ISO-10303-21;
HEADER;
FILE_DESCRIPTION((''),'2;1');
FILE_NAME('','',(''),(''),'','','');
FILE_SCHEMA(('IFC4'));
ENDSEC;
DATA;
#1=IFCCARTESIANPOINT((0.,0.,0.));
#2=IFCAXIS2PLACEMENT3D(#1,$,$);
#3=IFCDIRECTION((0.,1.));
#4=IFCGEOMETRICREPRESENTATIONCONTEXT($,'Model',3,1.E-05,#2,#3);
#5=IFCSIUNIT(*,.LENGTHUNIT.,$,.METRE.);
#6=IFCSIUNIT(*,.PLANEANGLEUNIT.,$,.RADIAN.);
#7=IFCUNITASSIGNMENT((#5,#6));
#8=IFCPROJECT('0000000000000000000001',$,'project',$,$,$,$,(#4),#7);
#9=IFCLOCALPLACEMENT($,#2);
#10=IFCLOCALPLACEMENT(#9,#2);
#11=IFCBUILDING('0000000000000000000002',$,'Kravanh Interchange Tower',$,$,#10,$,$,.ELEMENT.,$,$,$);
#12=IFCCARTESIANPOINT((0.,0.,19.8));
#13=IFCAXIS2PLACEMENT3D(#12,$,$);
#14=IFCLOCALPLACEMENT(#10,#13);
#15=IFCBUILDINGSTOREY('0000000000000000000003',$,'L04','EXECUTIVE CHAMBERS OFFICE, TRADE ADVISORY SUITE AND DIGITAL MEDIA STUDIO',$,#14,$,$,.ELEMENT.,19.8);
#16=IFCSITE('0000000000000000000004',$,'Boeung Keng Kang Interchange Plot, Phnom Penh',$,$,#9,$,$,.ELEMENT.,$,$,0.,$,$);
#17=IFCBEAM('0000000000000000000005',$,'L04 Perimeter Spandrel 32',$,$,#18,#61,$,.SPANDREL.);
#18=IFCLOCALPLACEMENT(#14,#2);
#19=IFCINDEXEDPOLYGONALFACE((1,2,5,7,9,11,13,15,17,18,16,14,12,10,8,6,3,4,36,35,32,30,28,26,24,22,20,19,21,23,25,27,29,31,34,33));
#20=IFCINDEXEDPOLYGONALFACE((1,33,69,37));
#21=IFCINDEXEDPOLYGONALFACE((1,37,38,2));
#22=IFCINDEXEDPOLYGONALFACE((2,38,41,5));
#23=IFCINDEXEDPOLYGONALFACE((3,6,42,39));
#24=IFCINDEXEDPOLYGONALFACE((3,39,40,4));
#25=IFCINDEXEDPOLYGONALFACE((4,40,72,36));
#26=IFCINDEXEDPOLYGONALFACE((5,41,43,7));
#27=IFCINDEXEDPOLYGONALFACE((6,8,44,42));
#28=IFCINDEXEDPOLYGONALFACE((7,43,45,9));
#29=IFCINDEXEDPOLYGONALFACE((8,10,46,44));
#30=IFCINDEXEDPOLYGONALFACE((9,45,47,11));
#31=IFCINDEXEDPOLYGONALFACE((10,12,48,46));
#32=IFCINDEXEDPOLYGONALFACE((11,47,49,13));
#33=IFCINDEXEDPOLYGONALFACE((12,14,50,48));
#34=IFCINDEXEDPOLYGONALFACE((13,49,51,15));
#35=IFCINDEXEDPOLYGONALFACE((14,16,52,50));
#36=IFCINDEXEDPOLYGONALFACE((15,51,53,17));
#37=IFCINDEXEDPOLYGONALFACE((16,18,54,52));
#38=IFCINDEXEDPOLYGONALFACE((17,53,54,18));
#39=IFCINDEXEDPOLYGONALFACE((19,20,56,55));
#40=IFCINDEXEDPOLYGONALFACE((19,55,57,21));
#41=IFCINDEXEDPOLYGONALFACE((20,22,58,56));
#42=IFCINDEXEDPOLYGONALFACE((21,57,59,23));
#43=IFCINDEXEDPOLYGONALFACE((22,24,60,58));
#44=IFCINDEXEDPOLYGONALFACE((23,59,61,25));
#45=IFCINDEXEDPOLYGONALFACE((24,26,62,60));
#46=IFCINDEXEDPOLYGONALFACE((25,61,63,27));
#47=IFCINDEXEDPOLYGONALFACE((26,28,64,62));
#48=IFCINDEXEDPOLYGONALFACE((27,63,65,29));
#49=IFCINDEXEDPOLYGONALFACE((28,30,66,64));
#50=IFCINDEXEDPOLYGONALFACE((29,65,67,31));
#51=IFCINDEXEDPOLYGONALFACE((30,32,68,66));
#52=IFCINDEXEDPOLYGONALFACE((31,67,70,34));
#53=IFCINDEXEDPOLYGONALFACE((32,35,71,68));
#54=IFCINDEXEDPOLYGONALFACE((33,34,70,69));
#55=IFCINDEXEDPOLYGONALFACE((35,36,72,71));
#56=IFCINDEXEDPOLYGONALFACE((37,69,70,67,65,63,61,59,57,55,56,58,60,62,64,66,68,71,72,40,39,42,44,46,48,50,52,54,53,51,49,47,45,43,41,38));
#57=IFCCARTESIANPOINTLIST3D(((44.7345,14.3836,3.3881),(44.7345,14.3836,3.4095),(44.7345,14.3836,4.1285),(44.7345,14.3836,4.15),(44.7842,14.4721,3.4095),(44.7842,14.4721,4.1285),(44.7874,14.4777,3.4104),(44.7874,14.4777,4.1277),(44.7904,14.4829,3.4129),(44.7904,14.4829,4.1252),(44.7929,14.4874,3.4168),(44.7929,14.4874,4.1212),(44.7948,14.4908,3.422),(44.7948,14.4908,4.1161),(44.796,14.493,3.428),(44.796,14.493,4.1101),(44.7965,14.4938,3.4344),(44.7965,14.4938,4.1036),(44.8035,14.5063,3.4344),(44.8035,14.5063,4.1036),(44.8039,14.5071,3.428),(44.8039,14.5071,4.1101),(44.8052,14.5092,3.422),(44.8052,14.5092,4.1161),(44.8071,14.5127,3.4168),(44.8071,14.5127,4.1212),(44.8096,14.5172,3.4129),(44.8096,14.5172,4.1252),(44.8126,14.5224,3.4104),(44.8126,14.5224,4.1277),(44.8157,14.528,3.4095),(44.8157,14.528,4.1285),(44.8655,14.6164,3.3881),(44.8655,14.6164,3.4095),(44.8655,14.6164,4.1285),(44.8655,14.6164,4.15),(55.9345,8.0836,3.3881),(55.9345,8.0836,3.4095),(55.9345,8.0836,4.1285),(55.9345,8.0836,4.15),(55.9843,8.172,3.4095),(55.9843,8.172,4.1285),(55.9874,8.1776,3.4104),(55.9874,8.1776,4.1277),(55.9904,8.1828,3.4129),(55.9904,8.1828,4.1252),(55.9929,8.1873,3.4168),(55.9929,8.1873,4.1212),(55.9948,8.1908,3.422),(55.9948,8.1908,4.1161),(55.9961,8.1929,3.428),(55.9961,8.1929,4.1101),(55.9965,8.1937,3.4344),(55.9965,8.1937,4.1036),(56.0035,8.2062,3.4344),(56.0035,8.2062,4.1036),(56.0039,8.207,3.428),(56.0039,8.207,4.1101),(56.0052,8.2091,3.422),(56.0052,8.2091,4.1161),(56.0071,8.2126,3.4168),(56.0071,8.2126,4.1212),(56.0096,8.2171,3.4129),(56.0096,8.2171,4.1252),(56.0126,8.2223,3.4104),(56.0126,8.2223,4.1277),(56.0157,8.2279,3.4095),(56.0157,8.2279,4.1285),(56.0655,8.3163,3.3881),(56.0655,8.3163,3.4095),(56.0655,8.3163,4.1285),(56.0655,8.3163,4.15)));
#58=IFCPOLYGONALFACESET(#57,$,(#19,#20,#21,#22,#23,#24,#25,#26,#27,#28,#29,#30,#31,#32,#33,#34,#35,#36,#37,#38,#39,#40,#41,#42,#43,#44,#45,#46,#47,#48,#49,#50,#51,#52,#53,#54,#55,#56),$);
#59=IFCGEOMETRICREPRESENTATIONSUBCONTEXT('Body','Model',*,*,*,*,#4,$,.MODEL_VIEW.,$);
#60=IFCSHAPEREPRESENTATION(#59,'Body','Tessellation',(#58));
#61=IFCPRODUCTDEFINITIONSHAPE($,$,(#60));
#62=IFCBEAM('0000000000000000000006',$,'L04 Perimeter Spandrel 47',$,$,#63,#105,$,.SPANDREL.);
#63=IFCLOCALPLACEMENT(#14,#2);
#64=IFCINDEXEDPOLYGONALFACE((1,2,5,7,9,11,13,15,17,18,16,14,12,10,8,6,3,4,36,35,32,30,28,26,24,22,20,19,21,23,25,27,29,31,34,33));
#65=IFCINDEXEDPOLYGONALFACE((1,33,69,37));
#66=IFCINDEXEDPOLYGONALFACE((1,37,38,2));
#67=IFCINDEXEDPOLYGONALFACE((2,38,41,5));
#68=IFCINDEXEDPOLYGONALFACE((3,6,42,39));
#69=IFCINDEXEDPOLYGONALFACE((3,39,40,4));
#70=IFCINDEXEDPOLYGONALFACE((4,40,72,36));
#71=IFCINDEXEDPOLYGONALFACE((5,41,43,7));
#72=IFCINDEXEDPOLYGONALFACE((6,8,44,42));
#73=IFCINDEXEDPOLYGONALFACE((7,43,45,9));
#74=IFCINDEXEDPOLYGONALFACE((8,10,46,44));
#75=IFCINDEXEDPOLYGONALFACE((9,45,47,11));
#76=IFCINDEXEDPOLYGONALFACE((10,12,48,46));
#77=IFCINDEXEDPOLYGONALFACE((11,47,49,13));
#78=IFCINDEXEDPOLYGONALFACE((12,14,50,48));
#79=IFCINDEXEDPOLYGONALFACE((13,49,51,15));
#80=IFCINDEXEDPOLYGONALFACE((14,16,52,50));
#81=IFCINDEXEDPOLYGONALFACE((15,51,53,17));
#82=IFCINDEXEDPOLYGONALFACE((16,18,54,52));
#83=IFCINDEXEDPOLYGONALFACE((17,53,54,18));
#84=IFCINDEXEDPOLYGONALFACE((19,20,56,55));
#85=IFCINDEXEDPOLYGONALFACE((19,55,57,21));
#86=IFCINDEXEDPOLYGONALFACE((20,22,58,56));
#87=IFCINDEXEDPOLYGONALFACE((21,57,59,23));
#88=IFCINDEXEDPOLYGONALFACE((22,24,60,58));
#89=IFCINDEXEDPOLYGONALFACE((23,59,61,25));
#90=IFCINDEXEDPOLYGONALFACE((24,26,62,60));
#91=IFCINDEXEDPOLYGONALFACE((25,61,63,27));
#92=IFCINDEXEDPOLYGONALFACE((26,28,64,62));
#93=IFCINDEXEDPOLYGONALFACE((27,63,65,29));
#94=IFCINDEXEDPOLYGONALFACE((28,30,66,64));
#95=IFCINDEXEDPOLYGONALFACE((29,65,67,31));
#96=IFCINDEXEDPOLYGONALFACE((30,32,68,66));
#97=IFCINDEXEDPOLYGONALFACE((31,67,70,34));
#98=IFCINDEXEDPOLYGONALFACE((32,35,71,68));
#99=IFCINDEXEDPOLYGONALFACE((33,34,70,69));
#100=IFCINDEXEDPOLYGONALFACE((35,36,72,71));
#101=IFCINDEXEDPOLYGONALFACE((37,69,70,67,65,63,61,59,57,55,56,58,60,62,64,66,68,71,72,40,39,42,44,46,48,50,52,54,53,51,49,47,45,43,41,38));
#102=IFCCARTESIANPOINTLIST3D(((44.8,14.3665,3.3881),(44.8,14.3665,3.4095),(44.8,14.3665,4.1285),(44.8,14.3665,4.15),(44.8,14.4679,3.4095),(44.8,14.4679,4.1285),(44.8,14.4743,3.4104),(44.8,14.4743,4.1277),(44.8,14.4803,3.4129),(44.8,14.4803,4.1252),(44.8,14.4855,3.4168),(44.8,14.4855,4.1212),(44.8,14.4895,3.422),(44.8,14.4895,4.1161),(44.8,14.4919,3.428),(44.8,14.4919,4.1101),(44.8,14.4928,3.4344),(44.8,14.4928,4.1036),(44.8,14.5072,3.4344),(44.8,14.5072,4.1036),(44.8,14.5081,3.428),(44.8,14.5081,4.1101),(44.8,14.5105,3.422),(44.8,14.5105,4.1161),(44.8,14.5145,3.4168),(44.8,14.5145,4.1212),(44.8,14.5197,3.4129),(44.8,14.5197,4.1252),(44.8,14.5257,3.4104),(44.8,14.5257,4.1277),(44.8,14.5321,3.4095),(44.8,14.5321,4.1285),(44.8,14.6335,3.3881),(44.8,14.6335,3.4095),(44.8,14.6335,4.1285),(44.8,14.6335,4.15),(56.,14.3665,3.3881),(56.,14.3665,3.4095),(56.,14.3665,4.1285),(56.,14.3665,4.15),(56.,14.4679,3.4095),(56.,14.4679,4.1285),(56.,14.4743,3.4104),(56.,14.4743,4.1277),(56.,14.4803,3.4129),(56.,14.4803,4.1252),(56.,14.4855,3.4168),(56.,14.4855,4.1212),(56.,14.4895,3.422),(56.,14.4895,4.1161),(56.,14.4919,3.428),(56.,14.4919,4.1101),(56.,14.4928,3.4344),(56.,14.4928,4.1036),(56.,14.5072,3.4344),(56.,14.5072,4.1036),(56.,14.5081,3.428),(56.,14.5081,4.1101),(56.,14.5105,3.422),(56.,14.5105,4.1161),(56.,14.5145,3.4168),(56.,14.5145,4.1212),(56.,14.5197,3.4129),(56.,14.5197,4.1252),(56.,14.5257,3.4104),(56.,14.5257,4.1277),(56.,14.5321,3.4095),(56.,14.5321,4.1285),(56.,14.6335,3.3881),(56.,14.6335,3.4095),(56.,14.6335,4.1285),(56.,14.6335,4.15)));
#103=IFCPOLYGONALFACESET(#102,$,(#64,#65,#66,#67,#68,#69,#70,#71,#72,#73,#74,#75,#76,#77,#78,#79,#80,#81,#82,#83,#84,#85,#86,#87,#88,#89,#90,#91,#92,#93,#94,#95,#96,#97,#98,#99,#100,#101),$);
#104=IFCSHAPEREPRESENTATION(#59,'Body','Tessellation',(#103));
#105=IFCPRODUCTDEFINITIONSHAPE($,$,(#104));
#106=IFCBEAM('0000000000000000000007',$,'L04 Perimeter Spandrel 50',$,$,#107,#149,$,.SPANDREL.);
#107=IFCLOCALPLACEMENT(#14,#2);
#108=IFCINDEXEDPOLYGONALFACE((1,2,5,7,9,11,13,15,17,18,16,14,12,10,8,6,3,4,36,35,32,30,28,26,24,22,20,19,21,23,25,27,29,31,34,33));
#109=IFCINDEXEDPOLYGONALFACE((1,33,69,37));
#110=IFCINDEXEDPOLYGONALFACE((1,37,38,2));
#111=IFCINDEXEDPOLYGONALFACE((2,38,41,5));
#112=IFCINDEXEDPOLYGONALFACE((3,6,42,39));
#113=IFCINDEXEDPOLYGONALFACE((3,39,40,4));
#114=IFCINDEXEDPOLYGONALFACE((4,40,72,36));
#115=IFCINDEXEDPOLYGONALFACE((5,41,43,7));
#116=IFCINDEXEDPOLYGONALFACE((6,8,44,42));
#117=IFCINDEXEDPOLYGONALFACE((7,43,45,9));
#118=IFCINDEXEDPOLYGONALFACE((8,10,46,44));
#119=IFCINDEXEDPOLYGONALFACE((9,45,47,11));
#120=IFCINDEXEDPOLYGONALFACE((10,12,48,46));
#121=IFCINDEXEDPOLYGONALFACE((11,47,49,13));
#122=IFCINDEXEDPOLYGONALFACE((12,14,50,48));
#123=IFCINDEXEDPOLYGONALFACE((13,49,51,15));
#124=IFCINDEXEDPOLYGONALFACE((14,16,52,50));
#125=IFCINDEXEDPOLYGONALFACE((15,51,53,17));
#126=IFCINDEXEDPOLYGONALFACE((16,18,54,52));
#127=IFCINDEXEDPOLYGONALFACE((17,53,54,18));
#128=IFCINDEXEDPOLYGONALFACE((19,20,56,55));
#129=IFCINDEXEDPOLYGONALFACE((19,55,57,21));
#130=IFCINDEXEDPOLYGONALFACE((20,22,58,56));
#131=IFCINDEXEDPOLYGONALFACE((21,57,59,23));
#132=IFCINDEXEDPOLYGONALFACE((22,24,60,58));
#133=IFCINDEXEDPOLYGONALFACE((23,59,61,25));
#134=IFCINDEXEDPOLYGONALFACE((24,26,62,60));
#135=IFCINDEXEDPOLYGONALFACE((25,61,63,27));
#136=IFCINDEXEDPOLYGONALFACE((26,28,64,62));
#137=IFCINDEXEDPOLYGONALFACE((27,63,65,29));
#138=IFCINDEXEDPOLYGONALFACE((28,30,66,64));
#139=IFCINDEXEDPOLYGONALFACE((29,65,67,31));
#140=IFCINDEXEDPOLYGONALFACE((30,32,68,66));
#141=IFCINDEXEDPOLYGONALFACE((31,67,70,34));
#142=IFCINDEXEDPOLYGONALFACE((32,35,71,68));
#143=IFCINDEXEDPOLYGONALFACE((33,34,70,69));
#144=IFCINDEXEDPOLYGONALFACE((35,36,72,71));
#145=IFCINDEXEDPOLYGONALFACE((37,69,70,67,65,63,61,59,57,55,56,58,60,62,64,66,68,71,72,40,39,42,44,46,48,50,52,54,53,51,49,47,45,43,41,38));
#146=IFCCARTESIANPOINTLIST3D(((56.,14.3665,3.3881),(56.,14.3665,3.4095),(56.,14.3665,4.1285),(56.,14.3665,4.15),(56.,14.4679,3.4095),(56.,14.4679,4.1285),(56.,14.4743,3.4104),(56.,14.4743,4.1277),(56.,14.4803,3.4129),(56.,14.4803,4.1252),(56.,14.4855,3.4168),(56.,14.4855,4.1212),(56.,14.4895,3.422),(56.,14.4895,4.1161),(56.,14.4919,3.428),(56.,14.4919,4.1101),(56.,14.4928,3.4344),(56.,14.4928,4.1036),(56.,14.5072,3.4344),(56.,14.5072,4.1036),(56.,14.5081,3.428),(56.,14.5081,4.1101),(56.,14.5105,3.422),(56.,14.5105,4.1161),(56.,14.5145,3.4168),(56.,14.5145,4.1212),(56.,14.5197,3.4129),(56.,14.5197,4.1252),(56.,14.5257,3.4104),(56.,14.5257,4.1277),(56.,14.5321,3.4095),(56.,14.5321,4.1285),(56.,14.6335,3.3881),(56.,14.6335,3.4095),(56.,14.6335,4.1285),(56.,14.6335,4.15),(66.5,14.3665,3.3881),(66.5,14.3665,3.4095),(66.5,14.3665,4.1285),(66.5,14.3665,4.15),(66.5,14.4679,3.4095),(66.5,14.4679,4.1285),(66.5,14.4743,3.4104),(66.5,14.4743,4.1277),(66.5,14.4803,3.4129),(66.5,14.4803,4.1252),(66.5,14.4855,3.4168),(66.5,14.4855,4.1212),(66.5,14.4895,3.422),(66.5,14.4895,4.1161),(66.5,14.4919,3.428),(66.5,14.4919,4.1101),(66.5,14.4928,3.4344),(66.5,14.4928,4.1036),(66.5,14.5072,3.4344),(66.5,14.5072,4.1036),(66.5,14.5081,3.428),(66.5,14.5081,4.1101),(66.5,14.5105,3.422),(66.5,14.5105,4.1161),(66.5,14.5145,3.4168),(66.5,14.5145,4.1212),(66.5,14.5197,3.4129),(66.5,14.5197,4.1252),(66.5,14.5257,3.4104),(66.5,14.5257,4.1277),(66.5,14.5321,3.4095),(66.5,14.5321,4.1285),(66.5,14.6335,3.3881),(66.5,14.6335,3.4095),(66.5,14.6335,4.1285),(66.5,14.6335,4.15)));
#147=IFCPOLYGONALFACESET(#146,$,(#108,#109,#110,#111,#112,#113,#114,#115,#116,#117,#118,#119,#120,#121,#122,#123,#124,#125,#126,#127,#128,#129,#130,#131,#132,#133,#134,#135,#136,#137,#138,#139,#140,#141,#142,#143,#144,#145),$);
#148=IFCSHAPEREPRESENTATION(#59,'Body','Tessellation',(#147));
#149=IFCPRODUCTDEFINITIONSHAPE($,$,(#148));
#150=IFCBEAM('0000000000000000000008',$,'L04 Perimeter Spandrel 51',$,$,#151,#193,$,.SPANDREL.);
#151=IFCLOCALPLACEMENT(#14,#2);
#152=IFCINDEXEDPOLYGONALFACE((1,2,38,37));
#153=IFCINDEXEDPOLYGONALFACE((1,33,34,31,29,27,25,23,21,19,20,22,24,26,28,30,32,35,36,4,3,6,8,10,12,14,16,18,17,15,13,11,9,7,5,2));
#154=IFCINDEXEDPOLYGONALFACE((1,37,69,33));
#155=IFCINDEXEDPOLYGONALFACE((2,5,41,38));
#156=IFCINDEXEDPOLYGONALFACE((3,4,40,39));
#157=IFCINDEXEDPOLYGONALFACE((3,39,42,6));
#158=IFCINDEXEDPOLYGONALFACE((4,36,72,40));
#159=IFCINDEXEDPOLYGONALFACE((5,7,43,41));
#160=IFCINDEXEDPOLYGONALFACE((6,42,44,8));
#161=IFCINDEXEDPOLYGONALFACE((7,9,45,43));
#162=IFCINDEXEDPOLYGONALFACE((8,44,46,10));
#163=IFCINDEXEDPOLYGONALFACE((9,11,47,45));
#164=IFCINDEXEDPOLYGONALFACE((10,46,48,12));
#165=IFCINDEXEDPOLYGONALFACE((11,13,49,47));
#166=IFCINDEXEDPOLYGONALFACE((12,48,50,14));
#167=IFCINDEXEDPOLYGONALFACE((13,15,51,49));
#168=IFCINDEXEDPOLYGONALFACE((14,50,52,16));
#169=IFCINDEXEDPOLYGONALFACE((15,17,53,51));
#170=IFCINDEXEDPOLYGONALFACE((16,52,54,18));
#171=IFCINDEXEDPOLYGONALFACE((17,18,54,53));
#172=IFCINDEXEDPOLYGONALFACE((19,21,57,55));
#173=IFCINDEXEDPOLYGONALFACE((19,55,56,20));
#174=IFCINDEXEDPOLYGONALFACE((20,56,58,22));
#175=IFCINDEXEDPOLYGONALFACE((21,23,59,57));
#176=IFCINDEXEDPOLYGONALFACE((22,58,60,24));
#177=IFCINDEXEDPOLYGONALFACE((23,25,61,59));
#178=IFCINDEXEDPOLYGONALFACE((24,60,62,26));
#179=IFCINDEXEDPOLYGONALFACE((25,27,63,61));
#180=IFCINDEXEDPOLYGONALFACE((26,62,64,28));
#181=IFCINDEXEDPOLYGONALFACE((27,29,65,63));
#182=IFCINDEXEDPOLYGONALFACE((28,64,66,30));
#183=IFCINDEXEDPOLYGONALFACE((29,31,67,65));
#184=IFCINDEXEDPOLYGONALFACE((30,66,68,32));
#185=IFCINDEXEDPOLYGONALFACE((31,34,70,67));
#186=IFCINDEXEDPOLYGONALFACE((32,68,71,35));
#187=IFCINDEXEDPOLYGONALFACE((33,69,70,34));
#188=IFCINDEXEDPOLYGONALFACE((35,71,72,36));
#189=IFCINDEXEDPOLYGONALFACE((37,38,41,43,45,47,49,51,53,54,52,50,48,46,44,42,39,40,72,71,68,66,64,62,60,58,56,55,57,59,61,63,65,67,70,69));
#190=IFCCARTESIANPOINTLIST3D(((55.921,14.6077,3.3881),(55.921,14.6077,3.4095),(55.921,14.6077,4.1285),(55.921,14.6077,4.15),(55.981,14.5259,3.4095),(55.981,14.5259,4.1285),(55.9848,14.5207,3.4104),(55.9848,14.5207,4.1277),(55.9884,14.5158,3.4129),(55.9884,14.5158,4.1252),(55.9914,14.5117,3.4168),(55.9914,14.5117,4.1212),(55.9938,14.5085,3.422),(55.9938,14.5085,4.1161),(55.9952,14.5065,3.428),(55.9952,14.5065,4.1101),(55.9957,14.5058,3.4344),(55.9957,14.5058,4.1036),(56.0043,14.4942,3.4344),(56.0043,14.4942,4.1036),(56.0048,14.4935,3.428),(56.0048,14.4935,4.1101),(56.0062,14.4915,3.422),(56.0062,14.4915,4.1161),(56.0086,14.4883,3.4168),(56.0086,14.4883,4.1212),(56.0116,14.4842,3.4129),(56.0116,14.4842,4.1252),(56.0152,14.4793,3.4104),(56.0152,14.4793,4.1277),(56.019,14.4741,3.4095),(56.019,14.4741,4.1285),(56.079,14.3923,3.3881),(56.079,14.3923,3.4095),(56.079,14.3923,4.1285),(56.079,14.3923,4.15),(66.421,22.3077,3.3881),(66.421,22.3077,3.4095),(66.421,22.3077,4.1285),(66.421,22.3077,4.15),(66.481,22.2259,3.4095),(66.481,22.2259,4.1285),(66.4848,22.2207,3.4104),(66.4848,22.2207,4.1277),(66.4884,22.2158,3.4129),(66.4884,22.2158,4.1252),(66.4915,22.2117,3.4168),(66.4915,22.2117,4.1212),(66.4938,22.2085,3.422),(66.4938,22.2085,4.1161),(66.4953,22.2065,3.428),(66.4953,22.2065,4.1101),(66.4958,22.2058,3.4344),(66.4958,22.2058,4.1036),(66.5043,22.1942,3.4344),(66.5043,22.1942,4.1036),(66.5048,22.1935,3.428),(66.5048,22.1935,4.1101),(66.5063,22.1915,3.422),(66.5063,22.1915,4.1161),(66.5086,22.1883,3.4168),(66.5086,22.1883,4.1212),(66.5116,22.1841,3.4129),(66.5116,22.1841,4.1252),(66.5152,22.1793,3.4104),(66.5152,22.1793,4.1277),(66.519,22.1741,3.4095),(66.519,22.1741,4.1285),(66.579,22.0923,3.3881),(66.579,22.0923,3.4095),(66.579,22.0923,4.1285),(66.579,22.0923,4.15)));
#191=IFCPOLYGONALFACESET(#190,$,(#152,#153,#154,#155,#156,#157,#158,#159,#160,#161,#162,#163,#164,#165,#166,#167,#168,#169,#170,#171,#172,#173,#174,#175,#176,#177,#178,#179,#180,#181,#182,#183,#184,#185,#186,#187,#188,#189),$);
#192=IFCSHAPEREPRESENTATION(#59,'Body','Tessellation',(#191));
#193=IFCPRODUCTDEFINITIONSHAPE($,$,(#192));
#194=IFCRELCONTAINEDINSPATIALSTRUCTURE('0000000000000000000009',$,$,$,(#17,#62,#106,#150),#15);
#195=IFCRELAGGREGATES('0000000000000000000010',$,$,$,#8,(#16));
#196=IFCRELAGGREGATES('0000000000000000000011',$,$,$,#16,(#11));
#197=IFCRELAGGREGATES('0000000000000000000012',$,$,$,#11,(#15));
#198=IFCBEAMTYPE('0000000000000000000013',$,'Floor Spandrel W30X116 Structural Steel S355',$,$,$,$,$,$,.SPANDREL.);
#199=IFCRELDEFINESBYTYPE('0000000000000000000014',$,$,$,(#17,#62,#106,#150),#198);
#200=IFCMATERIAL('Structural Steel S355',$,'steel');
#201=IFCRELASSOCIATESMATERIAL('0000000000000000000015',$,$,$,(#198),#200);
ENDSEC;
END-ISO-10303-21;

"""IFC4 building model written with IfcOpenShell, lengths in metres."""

from ifc_helpers import new_model, si_unit, direction, frame, origin, origin_2d, place, context, subcontext, project, spatial, i_section, extrude, material, material_profile, profile_set, type_object, element, save


model = new_model("IFC4")

# Units and contexts
model_context = context("Model", 3, precision=1e-05, world=origin(), true_north=direction((0.0, 1.0)))
body_context = subcontext(model_context, "Body", "Model", "MODEL_VIEW")
ifc_project = project(units=[si_unit("LENGTHUNIT", "METRE"), si_unit("PLANEANGLEUNIT", "RADIAN")], contexts=[model_context])

# Site, building, storey
site_placement = place(None, origin())
site = spatial("IfcSite", under=ifc_project, at=site_placement, Name="Boeung Keng Kang Interchange Plot, Phnom Penh", CompositionType="ELEMENT", RefElevation=0.0)
building_placement = place(site_placement, origin())
building = spatial("IfcBuilding", under=site, at=building_placement, Name="Kravanh Interchange Tower", CompositionType="ELEMENT")
storey_placement = place(building_placement, frame((0.0, 0.0, 19.8)))
storey = spatial("IfcBuildingStorey", under=building, at=storey_placement, Name="L04", Description="EXECUTIVE CHAMBERS OFFICE, TRADE ADVISORY SUITE AND DIGITAL MEDIA STUDIO", CompositionType="ELEMENT", Elevation=19.8)

# Beams
ifc_material_1 = material(Name="Structural Steel S355", Category="steel")
ifc_material_profile_1 = material_profile(ifc_material_1, i_section(OverallWidth=0.2671, OverallDepth=0.762, WebThickness=0.0144, FlangeThickness=0.0215, FilletRadius=0.0249, at=origin_2d()), Name="W30X116")
ifc_profile_set_1 = profile_set([ifc_material_profile_1], Name="Structural Steel S355")
beam_type_1 = type_object("IfcBeamType", Name="Floor Spandrel W30X116 Structural Steel S355", PredefinedType="SPANDREL", material=ifc_profile_set_1)
beam_1_placement = place(storey_placement, frame((56.0, 8.2, 3.769), z_axis=(-0.871573, 0.490266, 0.0), x_axis=(-0.490266, -0.871573, 0.0)))
element("IfcBeam", 1, at=beam_1_placement, inside=storey, type_object=beam_type_1, Name="L04 Perimeter Spandrel 32", PredefinedType="SPANDREL", context=body_context, shape_type="SweptSolid", body=[
    extrude(i_section(OverallWidth=0.2671, OverallDepth=0.762, WebThickness=0.0144, FlangeThickness=0.0215, FilletRadius=0.0249, at=origin_2d()), origin(), (0.0, 0.0, 1.0), 12.8503),
])
beam_2_placement = place(storey_placement, frame((44.8, 14.5, 3.769), z_axis=(1.0, 0.0, 0.0), x_axis=(0.0, 1.0, 0.0)))
element("IfcBeam", 2, at=beam_2_placement, inside=storey, type_object=beam_type_1, Name="L04 Perimeter Spandrel 47", PredefinedType="SPANDREL", context=body_context, shape_type="SweptSolid", body=[
    extrude(i_section(OverallWidth=0.2671, OverallDepth=0.762, WebThickness=0.0144, FlangeThickness=0.0215, FilletRadius=0.0249, at=origin_2d()), origin(), (0.0, 0.0, 1.0), 11.2),
])
beam_3_placement = place(storey_placement, frame((56.0, 14.5, 3.769), z_axis=(1.0, 0.0, 0.0), x_axis=(0.0, 1.0, 0.0)))
element("IfcBeam", 3, at=beam_3_placement, inside=storey, type_object=beam_type_1, Name="L04 Perimeter Spandrel 50", PredefinedType="SPANDREL", context=body_context, shape_type="SweptSolid", body=[
    extrude(i_section(OverallWidth=0.2671, OverallDepth=0.762, WebThickness=0.0144, FlangeThickness=0.0215, FilletRadius=0.0249, at=origin_2d()), origin(), (0.0, 0.0, 1.0), 10.5),
])
beam_4_placement = place(storey_placement, frame((56.0, 14.5, 3.769), z_axis=(0.806407, 0.591361, 0.0), x_axis=(-0.591361, 0.806407, 0.0)))
element("IfcBeam", 4, at=beam_4_placement, inside=storey, type_object=beam_type_1, Name="L04 Perimeter Spandrel 51", PredefinedType="SPANDREL", context=body_context, shape_type="SweptSolid", body=[
    extrude(i_section(OverallWidth=0.2671, OverallDepth=0.762, WebThickness=0.0144, FlangeThickness=0.0215, FilletRadius=0.0249, at=origin_2d()), origin(), (0.0, 0.0, 1.0), 13.0208),
])

save(model, "model.ifc")
